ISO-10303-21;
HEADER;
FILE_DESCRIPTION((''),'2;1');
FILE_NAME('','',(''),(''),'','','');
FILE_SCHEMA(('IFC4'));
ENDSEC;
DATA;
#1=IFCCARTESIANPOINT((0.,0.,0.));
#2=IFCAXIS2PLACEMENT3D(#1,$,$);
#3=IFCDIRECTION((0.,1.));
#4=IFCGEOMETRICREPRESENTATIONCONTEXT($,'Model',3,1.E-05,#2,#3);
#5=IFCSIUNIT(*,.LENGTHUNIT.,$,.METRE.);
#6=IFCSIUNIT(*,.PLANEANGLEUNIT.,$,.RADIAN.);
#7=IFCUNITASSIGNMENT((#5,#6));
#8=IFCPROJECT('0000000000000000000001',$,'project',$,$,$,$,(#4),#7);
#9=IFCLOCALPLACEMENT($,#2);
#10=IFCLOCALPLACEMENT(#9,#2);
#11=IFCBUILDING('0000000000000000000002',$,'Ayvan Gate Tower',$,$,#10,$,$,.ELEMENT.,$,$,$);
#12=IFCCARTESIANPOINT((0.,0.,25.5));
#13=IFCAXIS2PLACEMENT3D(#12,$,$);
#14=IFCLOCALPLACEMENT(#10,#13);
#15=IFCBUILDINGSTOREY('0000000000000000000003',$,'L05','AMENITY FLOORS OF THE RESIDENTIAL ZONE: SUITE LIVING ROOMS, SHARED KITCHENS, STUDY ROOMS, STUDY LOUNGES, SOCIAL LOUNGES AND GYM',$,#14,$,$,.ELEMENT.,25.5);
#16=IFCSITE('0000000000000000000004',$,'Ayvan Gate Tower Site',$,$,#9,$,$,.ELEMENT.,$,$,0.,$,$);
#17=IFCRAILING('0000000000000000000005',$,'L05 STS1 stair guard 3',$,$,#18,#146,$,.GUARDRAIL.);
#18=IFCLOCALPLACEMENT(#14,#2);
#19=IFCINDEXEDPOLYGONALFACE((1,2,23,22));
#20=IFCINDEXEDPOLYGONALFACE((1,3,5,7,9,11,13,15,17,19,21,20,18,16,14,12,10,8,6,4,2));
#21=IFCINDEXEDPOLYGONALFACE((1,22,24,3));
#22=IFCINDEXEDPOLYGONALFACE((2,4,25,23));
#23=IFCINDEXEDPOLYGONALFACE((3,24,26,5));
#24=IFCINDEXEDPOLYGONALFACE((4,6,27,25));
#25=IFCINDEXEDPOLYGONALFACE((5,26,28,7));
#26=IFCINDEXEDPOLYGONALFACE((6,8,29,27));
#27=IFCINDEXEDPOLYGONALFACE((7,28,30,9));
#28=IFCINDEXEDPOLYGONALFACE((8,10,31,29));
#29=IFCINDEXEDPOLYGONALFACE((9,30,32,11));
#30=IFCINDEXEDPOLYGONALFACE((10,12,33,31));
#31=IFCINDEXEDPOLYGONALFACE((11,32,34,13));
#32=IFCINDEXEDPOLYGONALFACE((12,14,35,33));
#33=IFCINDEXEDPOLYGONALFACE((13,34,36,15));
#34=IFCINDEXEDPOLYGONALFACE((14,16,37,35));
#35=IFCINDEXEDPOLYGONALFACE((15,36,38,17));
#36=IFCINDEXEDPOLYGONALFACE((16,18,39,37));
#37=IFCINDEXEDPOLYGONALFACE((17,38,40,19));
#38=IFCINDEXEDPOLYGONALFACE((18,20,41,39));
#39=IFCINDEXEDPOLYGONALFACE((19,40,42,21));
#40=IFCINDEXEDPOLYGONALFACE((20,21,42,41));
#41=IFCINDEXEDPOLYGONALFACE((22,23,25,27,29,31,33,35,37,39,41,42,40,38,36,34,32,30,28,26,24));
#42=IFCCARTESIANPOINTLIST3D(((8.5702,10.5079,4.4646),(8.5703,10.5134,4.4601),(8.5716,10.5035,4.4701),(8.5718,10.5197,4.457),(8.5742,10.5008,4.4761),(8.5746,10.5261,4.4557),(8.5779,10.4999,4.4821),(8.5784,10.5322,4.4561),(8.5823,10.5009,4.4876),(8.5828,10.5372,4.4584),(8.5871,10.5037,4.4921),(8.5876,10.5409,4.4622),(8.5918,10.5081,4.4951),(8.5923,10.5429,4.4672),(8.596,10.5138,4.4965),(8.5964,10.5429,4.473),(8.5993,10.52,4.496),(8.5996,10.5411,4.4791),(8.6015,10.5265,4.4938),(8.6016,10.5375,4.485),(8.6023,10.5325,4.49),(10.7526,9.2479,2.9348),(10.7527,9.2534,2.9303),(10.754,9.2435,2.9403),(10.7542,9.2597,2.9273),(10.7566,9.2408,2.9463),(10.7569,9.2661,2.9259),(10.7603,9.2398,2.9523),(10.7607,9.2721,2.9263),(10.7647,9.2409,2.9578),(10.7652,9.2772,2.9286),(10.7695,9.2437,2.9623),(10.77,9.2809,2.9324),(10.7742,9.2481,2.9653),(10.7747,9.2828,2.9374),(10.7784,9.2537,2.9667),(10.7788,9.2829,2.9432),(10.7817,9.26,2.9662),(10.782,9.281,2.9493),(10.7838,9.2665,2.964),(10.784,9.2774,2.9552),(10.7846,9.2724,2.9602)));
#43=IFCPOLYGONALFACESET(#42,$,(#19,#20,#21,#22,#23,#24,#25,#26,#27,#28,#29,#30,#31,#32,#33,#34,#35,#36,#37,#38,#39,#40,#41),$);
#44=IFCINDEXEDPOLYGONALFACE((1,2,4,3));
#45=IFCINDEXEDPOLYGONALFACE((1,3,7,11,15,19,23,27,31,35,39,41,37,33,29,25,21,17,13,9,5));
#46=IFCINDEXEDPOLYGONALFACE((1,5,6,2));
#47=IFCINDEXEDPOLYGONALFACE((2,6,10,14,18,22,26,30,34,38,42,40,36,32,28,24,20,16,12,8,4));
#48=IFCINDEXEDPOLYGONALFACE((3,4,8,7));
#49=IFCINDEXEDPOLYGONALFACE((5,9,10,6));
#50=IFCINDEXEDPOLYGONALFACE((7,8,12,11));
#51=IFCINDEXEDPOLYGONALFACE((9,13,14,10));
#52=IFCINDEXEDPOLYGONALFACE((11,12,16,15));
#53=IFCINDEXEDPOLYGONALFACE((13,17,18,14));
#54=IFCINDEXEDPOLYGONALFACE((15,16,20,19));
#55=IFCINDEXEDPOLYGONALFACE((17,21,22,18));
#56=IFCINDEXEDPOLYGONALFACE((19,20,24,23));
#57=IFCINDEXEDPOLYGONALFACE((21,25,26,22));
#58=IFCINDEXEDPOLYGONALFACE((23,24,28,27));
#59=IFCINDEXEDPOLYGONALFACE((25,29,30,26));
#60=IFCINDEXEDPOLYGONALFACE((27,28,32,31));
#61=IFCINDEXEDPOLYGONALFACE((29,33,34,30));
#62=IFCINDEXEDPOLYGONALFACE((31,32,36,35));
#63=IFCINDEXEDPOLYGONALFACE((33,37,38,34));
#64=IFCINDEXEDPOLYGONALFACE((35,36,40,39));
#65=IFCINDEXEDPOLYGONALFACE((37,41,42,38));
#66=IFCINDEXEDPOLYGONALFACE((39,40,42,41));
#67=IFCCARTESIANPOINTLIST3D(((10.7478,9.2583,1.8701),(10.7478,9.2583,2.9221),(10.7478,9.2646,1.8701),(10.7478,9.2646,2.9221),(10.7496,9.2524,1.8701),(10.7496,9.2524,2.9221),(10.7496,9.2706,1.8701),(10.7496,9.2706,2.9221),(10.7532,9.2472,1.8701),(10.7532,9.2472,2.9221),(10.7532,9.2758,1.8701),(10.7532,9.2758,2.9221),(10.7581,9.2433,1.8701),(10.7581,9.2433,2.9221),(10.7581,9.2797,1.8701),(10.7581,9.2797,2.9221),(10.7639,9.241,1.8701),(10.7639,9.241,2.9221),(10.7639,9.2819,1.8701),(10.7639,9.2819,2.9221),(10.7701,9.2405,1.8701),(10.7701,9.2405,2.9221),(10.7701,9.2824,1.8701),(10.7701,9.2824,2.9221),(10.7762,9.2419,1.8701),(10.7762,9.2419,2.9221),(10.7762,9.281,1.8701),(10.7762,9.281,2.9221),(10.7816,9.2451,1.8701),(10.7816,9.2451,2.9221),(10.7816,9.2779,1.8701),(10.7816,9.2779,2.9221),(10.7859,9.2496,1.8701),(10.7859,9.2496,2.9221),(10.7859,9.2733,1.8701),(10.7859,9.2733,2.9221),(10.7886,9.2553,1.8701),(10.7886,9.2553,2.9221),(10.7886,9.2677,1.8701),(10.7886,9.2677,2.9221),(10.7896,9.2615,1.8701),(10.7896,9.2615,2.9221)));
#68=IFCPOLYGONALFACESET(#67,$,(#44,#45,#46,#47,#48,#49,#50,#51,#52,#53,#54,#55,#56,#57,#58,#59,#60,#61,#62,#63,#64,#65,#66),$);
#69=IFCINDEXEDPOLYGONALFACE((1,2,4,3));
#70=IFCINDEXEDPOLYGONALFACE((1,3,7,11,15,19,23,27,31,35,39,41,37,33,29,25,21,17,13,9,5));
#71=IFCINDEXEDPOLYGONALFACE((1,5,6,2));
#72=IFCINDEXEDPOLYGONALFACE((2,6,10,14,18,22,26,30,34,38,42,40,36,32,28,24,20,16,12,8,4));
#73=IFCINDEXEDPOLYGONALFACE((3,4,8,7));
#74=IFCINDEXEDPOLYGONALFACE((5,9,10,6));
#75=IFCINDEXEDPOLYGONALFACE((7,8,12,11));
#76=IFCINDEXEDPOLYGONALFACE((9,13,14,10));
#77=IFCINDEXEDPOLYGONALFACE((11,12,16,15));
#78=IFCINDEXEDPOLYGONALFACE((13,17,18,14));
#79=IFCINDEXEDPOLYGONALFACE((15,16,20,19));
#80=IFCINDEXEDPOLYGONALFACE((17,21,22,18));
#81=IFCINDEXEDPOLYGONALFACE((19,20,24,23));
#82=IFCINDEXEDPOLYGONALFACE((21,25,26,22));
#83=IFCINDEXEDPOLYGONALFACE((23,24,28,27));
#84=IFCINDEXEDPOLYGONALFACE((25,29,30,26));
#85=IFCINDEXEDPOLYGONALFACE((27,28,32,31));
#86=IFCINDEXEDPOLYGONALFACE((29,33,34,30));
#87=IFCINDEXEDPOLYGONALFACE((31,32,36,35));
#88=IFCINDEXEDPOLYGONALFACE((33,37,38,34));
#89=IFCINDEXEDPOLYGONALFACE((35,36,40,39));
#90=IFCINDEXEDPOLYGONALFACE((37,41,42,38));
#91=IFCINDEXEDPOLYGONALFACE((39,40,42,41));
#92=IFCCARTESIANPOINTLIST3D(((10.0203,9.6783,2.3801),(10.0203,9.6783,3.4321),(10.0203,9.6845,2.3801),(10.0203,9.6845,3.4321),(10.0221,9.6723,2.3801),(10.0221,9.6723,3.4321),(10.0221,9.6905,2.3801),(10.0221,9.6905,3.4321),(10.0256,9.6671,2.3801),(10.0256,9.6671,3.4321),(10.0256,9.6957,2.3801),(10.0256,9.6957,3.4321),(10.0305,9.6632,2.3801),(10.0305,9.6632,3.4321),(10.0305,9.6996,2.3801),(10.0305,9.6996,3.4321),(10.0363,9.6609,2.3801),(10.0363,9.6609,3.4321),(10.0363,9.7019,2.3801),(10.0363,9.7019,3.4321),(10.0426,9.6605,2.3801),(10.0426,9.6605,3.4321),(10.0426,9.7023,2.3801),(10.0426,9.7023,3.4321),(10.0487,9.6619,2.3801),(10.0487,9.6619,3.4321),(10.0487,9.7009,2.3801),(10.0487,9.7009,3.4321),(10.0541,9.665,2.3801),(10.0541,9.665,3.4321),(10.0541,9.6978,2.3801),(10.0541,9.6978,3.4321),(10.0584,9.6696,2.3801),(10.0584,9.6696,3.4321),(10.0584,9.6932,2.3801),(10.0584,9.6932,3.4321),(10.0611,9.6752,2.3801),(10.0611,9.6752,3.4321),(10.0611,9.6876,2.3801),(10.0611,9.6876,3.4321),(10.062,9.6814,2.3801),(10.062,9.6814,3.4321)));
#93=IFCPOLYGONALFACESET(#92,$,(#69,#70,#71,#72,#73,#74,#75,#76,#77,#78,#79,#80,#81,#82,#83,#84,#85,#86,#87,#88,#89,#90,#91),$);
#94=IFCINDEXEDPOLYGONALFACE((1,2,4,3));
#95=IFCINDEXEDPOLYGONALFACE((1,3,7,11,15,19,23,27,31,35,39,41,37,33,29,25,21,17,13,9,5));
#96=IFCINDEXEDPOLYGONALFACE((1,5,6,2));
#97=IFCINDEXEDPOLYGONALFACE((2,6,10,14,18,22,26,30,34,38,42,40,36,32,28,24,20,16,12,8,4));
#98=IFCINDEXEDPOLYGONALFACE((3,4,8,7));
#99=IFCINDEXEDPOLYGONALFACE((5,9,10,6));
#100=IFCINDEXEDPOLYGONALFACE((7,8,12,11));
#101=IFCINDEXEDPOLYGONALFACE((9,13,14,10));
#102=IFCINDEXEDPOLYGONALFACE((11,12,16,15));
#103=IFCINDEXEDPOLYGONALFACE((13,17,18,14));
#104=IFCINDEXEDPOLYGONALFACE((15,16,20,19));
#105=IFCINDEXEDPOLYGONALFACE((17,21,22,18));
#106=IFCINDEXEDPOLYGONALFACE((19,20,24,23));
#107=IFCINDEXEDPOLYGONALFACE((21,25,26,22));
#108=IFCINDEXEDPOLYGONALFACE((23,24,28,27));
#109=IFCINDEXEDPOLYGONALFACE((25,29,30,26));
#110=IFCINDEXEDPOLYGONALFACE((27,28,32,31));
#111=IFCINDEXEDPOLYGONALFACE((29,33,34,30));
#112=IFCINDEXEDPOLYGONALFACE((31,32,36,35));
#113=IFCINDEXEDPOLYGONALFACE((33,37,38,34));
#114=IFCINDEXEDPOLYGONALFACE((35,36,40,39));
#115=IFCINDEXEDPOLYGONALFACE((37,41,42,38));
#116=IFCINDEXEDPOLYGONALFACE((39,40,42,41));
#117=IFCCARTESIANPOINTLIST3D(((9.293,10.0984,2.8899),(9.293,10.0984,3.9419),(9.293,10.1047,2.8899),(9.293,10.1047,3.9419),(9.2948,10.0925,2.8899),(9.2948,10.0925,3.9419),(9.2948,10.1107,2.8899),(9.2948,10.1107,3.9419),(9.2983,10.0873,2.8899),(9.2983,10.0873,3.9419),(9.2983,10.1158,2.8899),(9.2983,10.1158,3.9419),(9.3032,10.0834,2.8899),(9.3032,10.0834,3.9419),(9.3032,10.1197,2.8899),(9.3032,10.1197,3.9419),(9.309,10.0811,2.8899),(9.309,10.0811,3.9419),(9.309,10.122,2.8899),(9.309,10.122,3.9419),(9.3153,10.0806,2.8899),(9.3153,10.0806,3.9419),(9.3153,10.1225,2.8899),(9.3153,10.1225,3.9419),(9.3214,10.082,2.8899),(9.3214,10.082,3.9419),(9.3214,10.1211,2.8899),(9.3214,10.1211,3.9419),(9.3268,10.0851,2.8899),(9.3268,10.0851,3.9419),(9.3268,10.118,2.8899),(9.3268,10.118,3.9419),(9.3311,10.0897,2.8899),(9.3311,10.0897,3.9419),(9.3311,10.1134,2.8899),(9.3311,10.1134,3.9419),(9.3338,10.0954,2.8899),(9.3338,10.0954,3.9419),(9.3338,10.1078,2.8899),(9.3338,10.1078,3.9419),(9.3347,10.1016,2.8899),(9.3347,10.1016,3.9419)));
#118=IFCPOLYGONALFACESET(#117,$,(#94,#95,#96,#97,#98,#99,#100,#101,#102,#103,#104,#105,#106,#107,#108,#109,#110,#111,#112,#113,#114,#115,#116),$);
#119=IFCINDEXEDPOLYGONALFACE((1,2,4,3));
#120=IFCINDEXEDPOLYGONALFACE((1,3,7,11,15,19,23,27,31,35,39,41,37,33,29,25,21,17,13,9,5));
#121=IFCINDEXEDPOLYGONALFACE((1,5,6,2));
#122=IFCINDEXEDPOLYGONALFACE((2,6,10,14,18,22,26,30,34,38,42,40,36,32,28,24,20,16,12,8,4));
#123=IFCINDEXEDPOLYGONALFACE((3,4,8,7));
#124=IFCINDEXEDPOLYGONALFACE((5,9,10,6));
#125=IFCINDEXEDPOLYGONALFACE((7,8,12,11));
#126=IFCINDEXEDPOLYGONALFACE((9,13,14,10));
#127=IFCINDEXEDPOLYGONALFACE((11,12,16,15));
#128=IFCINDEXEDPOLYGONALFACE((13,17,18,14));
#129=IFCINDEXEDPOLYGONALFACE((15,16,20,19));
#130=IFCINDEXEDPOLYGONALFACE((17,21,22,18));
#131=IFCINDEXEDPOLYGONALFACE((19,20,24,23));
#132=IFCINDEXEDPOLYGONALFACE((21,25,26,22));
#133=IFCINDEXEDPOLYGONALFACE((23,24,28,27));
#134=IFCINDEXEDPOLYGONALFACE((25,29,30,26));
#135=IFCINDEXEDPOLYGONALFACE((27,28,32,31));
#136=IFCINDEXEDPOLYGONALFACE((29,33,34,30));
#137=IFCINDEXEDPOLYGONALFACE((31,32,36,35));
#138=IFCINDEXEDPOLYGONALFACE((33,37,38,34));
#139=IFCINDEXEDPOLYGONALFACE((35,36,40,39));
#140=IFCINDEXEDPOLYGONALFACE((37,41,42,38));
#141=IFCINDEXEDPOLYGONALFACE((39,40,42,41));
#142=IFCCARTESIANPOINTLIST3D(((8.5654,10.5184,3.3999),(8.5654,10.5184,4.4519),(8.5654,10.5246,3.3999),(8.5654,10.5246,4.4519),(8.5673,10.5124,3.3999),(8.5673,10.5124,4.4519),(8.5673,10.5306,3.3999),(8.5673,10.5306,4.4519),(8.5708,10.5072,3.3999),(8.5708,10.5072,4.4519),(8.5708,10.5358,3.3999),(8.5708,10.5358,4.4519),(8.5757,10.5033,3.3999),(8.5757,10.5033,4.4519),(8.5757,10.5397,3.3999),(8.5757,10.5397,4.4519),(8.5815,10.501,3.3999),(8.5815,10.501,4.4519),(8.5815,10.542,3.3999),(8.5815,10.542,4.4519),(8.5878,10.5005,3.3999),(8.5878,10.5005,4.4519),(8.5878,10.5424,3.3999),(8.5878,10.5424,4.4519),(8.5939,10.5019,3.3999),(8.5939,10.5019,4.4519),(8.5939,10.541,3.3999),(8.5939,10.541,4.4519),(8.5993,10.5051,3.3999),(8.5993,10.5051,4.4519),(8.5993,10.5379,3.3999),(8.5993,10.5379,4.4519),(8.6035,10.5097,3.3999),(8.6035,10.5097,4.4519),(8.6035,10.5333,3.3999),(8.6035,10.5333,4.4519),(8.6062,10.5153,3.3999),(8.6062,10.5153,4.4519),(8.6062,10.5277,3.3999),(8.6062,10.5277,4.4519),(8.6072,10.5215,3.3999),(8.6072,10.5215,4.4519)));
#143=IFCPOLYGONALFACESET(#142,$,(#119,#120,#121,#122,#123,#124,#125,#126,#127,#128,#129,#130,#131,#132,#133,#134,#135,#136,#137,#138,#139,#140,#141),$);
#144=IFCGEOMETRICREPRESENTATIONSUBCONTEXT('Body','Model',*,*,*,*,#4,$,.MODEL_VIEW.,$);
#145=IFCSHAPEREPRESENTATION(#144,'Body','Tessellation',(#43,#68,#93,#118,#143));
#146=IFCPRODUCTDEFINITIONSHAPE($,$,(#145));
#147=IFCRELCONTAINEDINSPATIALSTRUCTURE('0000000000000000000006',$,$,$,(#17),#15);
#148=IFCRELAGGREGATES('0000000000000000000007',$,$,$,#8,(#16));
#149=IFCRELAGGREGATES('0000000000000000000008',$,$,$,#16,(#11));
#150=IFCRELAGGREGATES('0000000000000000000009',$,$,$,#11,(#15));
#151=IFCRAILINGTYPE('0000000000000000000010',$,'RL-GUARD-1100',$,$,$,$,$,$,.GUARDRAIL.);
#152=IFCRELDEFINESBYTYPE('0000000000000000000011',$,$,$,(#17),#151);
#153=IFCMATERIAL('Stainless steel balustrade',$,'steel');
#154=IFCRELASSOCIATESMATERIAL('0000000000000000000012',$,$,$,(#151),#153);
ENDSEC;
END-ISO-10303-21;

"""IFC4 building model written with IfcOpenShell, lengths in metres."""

from ifc_helpers import new_model, si_unit, direction, frame, origin, origin_2d, place, context, subcontext, project, spatial, circle, extrude, material, type_object, element, save


model = new_model("IFC4")

# Units and contexts
model_context = context("Model", 3, precision=1e-05, world=origin(), true_north=direction((0.0, 1.0)))
body_context = subcontext(model_context, "Body", "Model", "MODEL_VIEW")
ifc_project = project(units=[si_unit("LENGTHUNIT", "METRE"), si_unit("PLANEANGLEUNIT", "RADIAN")], contexts=[model_context])

# Site, building, storey
site_placement = place(None, origin())
site = spatial("IfcSite", under=ifc_project, at=site_placement, Name="Ayvan Gate Tower Site", CompositionType="ELEMENT", RefElevation=0.0)
building_placement = place(site_placement, origin())
building = spatial("IfcBuilding", under=site, at=building_placement, Name="Ayvan Gate Tower", CompositionType="ELEMENT")
storey_placement = place(building_placement, frame((0.0, 0.0, 25.5)))
storey = spatial("IfcBuildingStorey", under=building, at=storey_placement, Name="L05", Description="AMENITY FLOORS OF THE RESIDENTIAL ZONE: SUITE LIVING ROOMS, SHARED KITCHENS, STUDY ROOMS, STUDY LOUNGES, SOCIAL LOUNGES AND GYM", CompositionType="ELEMENT", Elevation=25.5)

# Railing
ifc_material_1 = material(Name="Stainless steel balustrade", Category="steel")
railing_type_1 = type_object("IfcRailingType", Name="RL-GUARD-1100", PredefinedType="GUARDRAIL", material=ifc_material_1)
railing_1_placement = place(storey_placement, frame((10.7686, 9.2615, 1.8701)))
element("IfcRailing", 1, at=railing_1_placement, inside=storey, type_object=railing_type_1, Name="L05 STS1 stair guard 3", PredefinedType="GUARDRAIL", context=body_context, shape_type="SweptSolid", body=[
    extrude(circle(Radius=0.0239, at=origin_2d()), frame((0.0, 0.0, 1.0762), z_axis=(-0.740293, 0.427414, 0.518926), x_axis=(-0.500005, -0.866023, 0.0)), (0.0, 0.0, 1.0), 2.948),
    extrude(circle(Radius=0.021, at=origin_2d()), origin(), (0.0, 0.0, 1.0), 1.052),
    extrude(circle(Radius=0.021, at=origin_2d()), frame((-0.7275, 0.4199, 0.51)), (0.0, 0.0, 1.0), 1.052),
    extrude(circle(Radius=0.021, at=origin_2d()), frame((-1.4548, 0.8401, 1.0198)), (0.0, 0.0, 1.0), 1.052),
    extrude(circle(Radius=0.021, at=origin_2d()), frame((-2.1824, 1.26, 1.5298)), (0.0, 0.0, 1.0), 1.052),
])

save(model, "model.ifc")
